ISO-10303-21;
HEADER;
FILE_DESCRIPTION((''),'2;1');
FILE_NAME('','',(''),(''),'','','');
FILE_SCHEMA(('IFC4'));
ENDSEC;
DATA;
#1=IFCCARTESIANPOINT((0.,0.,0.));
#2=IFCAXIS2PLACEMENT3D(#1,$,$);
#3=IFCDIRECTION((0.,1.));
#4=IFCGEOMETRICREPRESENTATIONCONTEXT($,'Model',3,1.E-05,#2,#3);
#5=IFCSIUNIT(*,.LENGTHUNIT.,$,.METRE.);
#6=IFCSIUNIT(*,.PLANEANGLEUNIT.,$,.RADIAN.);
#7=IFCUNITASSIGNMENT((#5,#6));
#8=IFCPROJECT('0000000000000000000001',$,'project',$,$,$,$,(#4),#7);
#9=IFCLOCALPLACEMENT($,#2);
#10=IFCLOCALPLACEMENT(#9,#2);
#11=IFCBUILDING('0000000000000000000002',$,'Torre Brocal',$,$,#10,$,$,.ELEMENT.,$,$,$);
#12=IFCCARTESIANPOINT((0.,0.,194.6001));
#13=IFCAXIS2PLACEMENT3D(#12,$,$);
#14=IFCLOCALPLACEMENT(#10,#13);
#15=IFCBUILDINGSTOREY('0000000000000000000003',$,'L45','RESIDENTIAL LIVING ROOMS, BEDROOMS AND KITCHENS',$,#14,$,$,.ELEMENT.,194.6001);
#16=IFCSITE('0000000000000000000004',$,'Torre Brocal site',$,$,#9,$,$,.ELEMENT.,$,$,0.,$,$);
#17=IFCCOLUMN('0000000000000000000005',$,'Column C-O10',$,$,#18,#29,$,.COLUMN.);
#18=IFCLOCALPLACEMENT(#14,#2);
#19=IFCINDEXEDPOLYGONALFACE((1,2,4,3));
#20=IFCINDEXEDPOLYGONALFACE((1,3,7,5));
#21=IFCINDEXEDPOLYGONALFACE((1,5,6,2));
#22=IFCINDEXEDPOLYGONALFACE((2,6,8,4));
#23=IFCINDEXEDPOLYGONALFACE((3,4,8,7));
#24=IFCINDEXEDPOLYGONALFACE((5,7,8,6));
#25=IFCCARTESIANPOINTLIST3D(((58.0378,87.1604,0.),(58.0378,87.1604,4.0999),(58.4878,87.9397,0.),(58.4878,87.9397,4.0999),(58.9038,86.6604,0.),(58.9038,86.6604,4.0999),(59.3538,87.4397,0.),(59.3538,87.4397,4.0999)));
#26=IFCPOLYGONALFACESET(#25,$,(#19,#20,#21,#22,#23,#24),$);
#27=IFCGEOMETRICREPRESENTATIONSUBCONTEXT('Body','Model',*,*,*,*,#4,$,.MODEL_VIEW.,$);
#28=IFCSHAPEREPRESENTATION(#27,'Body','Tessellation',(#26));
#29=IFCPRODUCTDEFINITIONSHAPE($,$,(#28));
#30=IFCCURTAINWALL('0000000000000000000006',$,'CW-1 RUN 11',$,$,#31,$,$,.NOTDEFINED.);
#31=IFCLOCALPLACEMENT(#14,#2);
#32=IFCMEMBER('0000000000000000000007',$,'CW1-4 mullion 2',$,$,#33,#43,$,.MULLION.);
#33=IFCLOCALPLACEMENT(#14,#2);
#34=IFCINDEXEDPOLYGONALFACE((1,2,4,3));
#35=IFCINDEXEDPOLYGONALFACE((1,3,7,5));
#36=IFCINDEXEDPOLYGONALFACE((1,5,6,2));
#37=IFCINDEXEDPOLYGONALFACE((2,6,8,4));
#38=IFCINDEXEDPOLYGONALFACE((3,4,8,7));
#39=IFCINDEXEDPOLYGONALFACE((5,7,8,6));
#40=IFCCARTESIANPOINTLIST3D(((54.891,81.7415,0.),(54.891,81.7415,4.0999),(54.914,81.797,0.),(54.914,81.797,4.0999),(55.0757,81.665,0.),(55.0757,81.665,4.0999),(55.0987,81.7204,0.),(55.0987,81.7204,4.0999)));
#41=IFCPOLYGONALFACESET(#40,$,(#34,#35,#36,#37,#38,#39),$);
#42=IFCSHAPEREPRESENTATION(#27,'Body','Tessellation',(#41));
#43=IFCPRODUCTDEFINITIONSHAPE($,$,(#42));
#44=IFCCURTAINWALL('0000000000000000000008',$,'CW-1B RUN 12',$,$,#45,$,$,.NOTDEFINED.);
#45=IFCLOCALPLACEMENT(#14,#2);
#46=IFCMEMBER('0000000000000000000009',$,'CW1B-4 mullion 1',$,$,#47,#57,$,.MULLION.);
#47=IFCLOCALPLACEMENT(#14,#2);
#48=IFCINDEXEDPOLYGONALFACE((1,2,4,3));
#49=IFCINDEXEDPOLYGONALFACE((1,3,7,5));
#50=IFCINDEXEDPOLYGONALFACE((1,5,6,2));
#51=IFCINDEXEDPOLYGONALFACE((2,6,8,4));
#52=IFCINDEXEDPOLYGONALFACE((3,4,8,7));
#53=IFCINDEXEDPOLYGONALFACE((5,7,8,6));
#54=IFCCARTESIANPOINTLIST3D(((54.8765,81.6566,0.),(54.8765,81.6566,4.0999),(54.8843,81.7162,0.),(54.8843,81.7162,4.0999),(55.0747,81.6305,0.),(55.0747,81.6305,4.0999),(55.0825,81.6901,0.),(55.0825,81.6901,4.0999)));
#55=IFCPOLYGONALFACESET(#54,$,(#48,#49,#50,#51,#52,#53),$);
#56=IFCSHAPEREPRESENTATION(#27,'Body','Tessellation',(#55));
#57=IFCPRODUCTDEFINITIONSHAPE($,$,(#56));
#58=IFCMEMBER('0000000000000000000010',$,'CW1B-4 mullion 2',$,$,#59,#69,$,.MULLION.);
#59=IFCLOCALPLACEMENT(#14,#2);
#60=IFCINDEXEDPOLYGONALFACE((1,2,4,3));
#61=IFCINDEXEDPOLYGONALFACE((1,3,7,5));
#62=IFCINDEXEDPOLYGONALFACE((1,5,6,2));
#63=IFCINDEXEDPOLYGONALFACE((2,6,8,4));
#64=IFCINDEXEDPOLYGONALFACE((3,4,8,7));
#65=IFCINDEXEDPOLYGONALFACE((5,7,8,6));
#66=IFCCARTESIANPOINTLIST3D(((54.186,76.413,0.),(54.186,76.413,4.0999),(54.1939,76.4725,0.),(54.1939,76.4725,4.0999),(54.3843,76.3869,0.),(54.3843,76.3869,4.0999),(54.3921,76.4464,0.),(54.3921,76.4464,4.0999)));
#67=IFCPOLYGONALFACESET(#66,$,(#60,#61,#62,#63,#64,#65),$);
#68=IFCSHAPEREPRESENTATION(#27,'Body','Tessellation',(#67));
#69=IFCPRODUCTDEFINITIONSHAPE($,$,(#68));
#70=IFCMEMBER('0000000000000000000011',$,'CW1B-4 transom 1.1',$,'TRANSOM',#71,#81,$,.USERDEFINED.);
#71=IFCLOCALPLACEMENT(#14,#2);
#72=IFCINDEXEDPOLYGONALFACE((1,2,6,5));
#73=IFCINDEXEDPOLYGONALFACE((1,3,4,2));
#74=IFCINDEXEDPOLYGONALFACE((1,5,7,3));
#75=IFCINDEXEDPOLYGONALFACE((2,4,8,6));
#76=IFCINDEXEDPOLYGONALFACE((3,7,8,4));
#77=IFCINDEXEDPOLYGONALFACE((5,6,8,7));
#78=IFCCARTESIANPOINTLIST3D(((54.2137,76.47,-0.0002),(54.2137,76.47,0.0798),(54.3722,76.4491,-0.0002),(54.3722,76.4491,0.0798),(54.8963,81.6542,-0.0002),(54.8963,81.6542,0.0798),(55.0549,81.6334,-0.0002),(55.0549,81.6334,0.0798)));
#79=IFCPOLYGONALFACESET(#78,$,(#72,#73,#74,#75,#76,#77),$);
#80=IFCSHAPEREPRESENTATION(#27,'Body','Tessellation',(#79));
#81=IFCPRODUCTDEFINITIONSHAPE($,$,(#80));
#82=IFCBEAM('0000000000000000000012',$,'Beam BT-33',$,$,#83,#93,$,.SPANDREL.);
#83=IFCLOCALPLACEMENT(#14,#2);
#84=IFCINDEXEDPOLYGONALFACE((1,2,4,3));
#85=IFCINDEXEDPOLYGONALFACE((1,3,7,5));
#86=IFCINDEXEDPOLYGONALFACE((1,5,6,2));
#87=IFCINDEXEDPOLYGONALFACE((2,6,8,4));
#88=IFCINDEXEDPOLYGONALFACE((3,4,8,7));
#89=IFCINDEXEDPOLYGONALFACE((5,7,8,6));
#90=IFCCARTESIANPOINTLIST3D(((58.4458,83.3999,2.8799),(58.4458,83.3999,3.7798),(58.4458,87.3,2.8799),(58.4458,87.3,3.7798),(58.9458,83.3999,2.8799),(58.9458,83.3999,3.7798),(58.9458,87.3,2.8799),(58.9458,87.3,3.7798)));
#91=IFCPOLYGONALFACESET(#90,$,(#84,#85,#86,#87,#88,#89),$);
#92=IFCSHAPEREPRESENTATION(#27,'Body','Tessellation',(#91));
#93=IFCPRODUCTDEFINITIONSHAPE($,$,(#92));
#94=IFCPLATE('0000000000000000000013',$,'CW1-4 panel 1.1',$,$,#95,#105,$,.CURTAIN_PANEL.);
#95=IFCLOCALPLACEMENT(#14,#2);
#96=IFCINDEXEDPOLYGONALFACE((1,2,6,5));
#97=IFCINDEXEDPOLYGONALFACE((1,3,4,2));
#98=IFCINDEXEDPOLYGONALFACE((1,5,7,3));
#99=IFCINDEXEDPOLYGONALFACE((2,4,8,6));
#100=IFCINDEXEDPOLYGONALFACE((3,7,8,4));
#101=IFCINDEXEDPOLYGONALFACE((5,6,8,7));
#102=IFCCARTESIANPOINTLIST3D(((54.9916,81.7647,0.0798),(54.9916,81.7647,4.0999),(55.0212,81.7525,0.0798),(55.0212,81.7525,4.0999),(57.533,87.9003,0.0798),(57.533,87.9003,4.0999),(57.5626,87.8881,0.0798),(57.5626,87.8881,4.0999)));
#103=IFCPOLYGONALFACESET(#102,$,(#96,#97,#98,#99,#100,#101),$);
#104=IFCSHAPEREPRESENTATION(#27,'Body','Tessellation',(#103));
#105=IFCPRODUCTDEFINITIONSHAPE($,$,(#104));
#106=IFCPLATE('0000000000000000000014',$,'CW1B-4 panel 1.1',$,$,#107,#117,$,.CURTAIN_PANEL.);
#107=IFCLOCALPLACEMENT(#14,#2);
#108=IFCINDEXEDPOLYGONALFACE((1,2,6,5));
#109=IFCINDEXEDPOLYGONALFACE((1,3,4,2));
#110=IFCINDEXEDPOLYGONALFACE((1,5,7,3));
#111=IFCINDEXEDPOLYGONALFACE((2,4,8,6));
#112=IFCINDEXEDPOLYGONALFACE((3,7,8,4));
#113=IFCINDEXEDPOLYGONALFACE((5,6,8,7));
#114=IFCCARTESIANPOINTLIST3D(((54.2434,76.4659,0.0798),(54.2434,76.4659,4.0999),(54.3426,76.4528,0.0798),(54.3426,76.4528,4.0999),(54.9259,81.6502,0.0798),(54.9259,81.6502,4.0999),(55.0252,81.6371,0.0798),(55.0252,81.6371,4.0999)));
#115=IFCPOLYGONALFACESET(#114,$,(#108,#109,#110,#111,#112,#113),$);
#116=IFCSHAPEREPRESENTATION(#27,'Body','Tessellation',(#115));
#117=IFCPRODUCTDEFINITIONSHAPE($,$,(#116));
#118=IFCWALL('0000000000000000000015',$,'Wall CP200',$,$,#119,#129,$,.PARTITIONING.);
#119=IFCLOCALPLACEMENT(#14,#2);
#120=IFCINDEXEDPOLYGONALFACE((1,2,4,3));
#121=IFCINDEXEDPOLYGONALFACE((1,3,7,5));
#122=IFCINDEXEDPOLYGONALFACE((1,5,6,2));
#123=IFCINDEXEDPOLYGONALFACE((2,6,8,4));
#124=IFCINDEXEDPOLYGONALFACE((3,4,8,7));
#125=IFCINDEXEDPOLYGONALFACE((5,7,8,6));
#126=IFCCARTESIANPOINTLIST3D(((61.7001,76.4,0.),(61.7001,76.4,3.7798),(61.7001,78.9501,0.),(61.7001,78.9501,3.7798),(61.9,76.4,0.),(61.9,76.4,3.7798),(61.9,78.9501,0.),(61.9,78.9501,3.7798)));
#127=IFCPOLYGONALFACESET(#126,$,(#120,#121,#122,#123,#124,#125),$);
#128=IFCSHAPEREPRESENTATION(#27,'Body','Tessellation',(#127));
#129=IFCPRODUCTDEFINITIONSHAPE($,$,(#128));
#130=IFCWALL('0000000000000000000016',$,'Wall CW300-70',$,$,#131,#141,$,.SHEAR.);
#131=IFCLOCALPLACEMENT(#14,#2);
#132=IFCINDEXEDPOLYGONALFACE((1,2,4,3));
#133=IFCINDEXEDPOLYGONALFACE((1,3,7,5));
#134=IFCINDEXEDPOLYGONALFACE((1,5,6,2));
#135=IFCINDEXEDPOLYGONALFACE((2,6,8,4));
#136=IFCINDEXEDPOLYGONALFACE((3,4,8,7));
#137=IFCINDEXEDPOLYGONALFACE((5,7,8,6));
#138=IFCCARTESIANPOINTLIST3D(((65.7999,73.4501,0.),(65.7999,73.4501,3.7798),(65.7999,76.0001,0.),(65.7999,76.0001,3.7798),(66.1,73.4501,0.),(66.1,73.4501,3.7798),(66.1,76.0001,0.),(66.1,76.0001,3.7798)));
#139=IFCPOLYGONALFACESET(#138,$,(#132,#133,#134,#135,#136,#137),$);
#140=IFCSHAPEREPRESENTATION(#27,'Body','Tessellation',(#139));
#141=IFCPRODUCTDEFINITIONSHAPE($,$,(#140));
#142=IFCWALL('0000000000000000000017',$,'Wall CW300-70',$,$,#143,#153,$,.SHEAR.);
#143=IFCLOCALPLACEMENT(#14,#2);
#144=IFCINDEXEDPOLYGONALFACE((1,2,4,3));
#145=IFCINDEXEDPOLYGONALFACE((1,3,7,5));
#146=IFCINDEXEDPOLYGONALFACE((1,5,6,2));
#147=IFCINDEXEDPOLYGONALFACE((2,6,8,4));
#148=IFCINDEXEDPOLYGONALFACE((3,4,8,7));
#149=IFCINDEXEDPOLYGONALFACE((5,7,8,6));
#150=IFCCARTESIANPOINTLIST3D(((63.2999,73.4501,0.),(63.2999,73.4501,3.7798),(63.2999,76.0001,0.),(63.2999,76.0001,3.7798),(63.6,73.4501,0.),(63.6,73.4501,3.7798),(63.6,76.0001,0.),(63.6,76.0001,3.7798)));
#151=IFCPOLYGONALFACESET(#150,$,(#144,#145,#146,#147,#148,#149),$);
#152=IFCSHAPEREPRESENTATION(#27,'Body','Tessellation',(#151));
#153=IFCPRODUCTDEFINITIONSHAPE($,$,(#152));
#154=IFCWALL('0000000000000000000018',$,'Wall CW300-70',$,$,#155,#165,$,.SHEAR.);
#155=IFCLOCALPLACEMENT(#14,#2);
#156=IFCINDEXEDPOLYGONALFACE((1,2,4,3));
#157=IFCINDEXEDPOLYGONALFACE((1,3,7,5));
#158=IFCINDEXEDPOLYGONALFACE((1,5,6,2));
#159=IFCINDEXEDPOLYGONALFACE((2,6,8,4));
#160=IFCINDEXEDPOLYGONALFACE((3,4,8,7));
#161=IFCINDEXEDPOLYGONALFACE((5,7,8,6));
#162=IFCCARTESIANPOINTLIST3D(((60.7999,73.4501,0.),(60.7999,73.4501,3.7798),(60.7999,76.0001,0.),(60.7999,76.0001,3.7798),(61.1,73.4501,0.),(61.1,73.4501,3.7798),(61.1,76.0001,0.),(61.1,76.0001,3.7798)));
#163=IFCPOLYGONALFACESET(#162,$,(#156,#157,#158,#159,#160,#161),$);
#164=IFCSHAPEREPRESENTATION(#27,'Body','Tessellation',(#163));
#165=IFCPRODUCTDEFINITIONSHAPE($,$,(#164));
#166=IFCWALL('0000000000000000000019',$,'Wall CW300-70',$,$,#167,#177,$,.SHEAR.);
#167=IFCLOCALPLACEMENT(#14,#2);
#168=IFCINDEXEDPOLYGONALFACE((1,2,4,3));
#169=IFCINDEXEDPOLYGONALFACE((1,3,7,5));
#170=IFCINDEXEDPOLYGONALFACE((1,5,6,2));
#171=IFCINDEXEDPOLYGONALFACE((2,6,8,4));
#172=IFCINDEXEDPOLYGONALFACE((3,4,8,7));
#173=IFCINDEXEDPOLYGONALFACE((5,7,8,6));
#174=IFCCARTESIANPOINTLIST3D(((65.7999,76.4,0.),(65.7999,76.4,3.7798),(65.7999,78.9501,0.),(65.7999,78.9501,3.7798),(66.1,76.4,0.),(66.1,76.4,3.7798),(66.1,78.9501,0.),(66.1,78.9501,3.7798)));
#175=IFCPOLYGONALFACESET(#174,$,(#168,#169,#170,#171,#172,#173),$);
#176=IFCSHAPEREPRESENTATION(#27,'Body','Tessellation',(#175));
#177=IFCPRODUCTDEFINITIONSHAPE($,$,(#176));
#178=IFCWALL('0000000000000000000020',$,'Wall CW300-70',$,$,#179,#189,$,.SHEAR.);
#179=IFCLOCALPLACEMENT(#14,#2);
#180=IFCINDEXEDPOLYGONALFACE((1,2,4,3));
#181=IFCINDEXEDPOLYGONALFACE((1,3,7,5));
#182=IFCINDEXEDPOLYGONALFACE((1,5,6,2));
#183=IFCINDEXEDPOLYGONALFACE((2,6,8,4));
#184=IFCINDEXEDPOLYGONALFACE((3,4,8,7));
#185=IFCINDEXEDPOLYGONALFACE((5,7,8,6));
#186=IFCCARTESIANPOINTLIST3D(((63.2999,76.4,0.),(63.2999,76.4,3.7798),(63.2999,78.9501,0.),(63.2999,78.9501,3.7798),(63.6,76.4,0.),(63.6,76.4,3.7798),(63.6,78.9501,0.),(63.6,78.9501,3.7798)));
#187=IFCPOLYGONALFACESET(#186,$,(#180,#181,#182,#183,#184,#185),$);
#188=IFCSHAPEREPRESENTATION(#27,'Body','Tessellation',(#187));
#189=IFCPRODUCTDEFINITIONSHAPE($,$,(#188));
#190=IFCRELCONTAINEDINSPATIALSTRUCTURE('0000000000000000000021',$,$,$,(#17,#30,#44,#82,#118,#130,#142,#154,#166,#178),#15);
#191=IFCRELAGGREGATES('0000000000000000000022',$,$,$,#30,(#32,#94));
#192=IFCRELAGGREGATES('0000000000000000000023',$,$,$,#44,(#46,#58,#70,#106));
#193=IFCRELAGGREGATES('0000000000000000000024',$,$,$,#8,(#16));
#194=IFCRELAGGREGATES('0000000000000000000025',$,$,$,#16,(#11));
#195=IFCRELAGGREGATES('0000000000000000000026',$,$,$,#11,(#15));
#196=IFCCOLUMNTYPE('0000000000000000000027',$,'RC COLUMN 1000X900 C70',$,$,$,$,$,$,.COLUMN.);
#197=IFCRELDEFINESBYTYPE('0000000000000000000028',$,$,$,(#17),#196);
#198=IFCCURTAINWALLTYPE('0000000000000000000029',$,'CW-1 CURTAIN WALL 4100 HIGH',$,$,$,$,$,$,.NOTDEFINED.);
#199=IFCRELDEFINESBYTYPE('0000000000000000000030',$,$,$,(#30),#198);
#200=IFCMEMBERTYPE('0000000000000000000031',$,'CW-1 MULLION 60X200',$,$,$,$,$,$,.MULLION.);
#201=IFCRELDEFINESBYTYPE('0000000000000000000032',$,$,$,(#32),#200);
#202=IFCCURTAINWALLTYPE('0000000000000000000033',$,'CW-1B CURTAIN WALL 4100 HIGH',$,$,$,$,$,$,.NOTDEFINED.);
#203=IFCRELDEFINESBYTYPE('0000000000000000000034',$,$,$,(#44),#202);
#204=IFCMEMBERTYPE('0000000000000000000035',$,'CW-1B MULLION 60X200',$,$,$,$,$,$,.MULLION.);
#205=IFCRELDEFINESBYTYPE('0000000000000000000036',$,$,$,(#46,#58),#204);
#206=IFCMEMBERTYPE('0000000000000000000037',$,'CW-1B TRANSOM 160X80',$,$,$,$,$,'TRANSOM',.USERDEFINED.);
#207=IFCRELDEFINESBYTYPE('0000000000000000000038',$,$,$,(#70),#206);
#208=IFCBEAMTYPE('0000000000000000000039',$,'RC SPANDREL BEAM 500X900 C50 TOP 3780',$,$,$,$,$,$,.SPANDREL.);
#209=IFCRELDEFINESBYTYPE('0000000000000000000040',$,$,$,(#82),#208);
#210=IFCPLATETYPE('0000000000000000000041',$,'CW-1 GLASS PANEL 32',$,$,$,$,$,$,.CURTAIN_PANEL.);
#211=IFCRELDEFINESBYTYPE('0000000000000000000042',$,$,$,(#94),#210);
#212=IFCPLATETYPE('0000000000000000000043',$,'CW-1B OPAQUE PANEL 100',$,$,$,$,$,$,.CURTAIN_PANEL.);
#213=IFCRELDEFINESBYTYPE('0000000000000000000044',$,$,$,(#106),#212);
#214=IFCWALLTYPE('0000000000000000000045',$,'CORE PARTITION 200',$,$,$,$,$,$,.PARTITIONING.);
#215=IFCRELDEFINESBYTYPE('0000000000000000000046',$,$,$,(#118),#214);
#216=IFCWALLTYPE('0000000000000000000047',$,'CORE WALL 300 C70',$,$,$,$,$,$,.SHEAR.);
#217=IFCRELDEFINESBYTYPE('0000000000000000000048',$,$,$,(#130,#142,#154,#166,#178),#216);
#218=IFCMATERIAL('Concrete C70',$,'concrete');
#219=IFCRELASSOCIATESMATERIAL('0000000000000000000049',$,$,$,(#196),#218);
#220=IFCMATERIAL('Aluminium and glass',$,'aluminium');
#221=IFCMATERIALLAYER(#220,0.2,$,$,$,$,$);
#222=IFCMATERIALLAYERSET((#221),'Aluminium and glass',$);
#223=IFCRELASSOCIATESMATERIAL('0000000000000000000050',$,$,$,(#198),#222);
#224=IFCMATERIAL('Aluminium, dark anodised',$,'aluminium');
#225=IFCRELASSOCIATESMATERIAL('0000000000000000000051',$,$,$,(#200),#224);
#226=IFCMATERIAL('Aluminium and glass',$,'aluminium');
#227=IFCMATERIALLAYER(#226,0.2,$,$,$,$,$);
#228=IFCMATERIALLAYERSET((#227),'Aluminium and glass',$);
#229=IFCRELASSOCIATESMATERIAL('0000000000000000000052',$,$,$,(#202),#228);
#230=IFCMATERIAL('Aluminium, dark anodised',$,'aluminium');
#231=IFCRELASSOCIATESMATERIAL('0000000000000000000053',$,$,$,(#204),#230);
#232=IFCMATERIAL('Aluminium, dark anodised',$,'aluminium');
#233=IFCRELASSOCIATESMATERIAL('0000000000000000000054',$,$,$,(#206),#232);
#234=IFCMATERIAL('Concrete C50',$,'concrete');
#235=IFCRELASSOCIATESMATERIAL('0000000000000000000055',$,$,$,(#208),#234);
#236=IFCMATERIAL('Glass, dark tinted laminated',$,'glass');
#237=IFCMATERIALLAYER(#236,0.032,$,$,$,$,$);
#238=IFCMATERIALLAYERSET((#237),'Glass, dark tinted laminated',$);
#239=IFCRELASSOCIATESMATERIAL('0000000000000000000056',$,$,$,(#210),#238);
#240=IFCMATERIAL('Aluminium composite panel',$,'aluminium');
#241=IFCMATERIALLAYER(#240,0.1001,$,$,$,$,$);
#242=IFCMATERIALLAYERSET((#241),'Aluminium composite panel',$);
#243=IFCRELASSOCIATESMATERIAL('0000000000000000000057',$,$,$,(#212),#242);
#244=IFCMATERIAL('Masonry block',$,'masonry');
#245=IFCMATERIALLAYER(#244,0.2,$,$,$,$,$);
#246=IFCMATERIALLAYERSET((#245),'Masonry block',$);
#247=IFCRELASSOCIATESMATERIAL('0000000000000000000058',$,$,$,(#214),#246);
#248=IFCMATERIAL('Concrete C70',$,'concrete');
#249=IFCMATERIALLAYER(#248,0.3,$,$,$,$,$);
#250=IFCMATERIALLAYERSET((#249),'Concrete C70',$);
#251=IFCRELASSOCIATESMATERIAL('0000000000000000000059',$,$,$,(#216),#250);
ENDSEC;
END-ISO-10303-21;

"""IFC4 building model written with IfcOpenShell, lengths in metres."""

from ifc_helpers import new_model, si_unit, direction, frame, frame_2d, origin, origin_2d, place, context, subcontext, project, spatial, rectangle, extrude, material, layer, layer_set, material_profile, profile_set, type_object, element, aggregate, save


model = new_model("IFC4")

# Units and contexts
model_context = context("Model", 3, precision=1e-05, world=origin(), true_north=direction((0.0, 1.0)))
body_context = subcontext(model_context, "Body", "Model", "MODEL_VIEW")
ifc_project = project(units=[si_unit("LENGTHUNIT", "METRE"), si_unit("PLANEANGLEUNIT", "RADIAN")], contexts=[model_context])

# Site, building, storey
site_placement = place(None, origin())
site = spatial("IfcSite", under=ifc_project, at=site_placement, Name="Torre Brocal site", CompositionType="ELEMENT", RefElevation=0.0)
building_placement = place(site_placement, origin())
building = spatial("IfcBuilding", under=site, at=building_placement, Name="Torre Brocal", CompositionType="ELEMENT")
storey_placement = place(building_placement, frame((0.0, 0.0, 194.6001)))
storey = spatial("IfcBuildingStorey", under=building, at=storey_placement, Name="L45", Description="RESIDENTIAL LIVING ROOMS, BEDROOMS AND KITCHENS", CompositionType="ELEMENT", Elevation=194.6001)

# Column
ifc_material_1 = material(Name="Concrete C70", Category="concrete")
ifc_material_profile_1 = material_profile(ifc_material_1, rectangle(XDim=1.0, YDim=0.8999, at=origin_2d()), Name="RC 1000X900")
ifc_profile_set_1 = profile_set([ifc_material_profile_1], Name="Concrete C70")
column_type = type_object("IfcColumnType", Name="RC COLUMN 1000X900 C70", PredefinedType="COLUMN", material=ifc_profile_set_1)
column_placement = place(storey_placement, frame((58.6958, 87.3, 0.0), z_axis=(0.0, 0.0, 1.0), x_axis=(-0.866025, 0.5, 0.0)))
element("IfcColumn", 1, at=column_placement, inside=storey, type_object=column_type, Name="Column C-O10", PredefinedType="COLUMN", context=body_context, shape_type="SweptSolid", body=[
    extrude(rectangle(XDim=1.0, YDim=0.8999, at=origin_2d()), origin(), (0.0, 0.0, 1.0), 4.0999),
])

# Curtain wall, member
ifc_material_2 = material(Name="Aluminium and glass", Category="aluminium")
ifc_layer_1 = layer(ifc_material_2, 0.2)
ifc_layer_set_1 = layer_set([ifc_layer_1], Name="Aluminium and glass")
curtain_wall_type_1 = type_object("IfcCurtainWallType", Name="CW-1 CURTAIN WALL 4100 HIGH", PredefinedType="NOTDEFINED", material=ifc_layer_set_1)
curtain_wall_1_placement = place(storey_placement, origin())
curtain_wall_1 = element("IfcCurtainWall", 2, at=curtain_wall_1_placement, inside=storey, type_object=curtain_wall_type_1, Name="CW-1 RUN 11", PredefinedType="NOTDEFINED")
ifc_material_3 = material(Name="Aluminium, dark anodised", Category="aluminium")
ifc_material_profile_2 = material_profile(ifc_material_3, rectangle(XDim=0.2, YDim=0.0601, at=origin_2d()), Name="CW-1 MULLION 60X200")
ifc_profile_set_2 = profile_set([ifc_material_profile_2], Name="Aluminium, dark anodised")
member_type_1 = type_object("IfcMemberType", Name="CW-1 MULLION 60X200", PredefinedType="MULLION", material=ifc_profile_set_2)
member_1_placement = place(storey_placement, frame((54.9949, 81.731, 0.0), z_axis=(0.0, 0.0, 1.0), x_axis=(0.92388, -0.382683, 0.0)))
member_1 = element("IfcMember", 3, at=member_1_placement, type_object=member_type_1, Name="CW1-4 mullion 2", PredefinedType="MULLION", context=body_context, shape_type="SweptSolid", body=[
    extrude(rectangle(XDim=0.2, YDim=0.0601, at=origin_2d()), origin(), (0.0, 0.0, 1.0), 4.0999),
])

# Curtain wall, members
ifc_material_4 = material(Name="Aluminium and glass", Category="aluminium")
ifc_layer_2 = layer(ifc_material_4, 0.2)
ifc_layer_set_2 = layer_set([ifc_layer_2], Name="Aluminium and glass")
curtain_wall_type_2 = type_object("IfcCurtainWallType", Name="CW-1B CURTAIN WALL 4100 HIGH", PredefinedType="NOTDEFINED", material=ifc_layer_set_2)
curtain_wall_2_placement = place(storey_placement, origin())
curtain_wall_2 = element("IfcCurtainWall", 4, at=curtain_wall_2_placement, inside=storey, type_object=curtain_wall_type_2, Name="CW-1B RUN 12", PredefinedType="NOTDEFINED")
ifc_material_5 = material(Name="Aluminium, dark anodised", Category="aluminium")
ifc_material_profile_3 = material_profile(ifc_material_5, rectangle(XDim=0.2, YDim=0.0601, at=origin_2d()), Name="CW-1B MULLION 60X200")
ifc_profile_set_3 = profile_set([ifc_material_profile_3], Name="Aluminium, dark anodised")
member_type_2 = type_object("IfcMemberType", Name="CW-1B MULLION 60X200", PredefinedType="MULLION", material=ifc_profile_set_3)
member_2_placement = place(storey_placement, frame((54.9795, 81.6733, 0.0), z_axis=(0.0, 0.0, 1.0), x_axis=(0.991445, -0.130526, 0.0)))
member_2 = element("IfcMember", 5, at=member_2_placement, type_object=member_type_2, Name="CW1B-4 mullion 1", PredefinedType="MULLION", context=body_context, shape_type="SweptSolid", body=[
    extrude(rectangle(XDim=0.2, YDim=0.0601, at=origin_2d()), origin(), (0.0, 0.0, 1.0), 4.0999),
])
member_3_placement = place(storey_placement, frame((54.2891, 76.4297, 0.0), z_axis=(0.0, 0.0, 1.0), x_axis=(0.991445, -0.130526, 0.0)))
member_3 = element("IfcMember", 6, at=member_3_placement, type_object=member_type_2, Name="CW1B-4 mullion 2", PredefinedType="MULLION", context=body_context, shape_type="SweptSolid", body=[
    extrude(rectangle(XDim=0.2, YDim=0.0601, at=origin_2d()), origin(), (0.0, 0.0, 1.0), 4.0999),
])
ifc_material_6 = material(Name="Aluminium, dark anodised", Category="aluminium")
ifc_material_profile_4 = material_profile(ifc_material_6, rectangle(XDim=0.1599, YDim=0.0801, at=origin_2d()), Name="CW-1B TRANSOM 160X80")
ifc_profile_set_4 = profile_set([ifc_material_profile_4], Name="Aluminium, dark anodised")
member_type_3 = type_object("IfcMemberType", Name="CW-1B TRANSOM 160X80", ElementType="TRANSOM", PredefinedType="USERDEFINED", material=ifc_profile_set_4)
member_4_placement = place(storey_placement, frame((54.9756, 81.6438, 0.0398), z_axis=(-0.130543, -0.991443, 0.0), x_axis=(0.991443, -0.130543, 0.0)))
member_4 = element("IfcMember", 7, at=member_4_placement, type_object=member_type_3, Name="CW1B-4 transom 1.1", ObjectType="TRANSOM", PredefinedType="USERDEFINED", context=body_context, shape_type="SweptSolid", body=[
    extrude(rectangle(XDim=0.1599, YDim=0.0801, at=origin_2d()), origin(), (0.0, 0.0, 1.0), 5.229),
])

# Beam
ifc_material_7 = material(Name="Concrete C50", Category="concrete")
ifc_material_profile_5 = material_profile(ifc_material_7, rectangle(XDim=0.5, YDim=0.8999, at=origin_2d()), Name="RC 500X900")
ifc_profile_set_5 = profile_set([ifc_material_profile_5], Name="Concrete C50")
beam_type = type_object("IfcBeamType", Name="RC SPANDREL BEAM 500X900 C50 TOP 3780", PredefinedType="SPANDREL", material=ifc_profile_set_5)
beam_placement = place(storey_placement, frame((58.6958, 87.3, 3.3298), z_axis=(0.0, -1.0, 0.0), x_axis=(1.0, 0.0, 0.0)))
element("IfcBeam", 8, at=beam_placement, inside=storey, type_object=beam_type, Name="Beam BT-33", PredefinedType="SPANDREL", context=body_context, shape_type="SweptSolid", body=[
    extrude(rectangle(XDim=0.5, YDim=0.8999, at=origin_2d()), origin(), (0.0, 0.0, 1.0), 3.9001),
])

# Plates
ifc_material_8 = material(Name="Glass, dark tinted laminated", Category="glass")
ifc_layer_3 = layer(ifc_material_8, 0.032)
ifc_layer_set_3 = layer_set([ifc_layer_3], Name="Glass, dark tinted laminated")
plate_type_1 = type_object("IfcPlateType", Name="CW-1 GLASS PANEL 32", PredefinedType="CURTAIN_PANEL", material=ifc_layer_set_3)
plate_1_placement = place(storey_placement, frame((56.2771, 84.8264, 0.0798), z_axis=(0.0, 0.0, 1.0), x_axis=(-0.382683, -0.92388, 0.0)))
plate_1 = element("IfcPlate", 9, at=plate_1_placement, type_object=plate_type_1, Name="CW1-4 panel 1.1", PredefinedType="CURTAIN_PANEL", context=body_context, shape_type="SweptSolid", body=[
    extrude(rectangle(XDim=6.6411, YDim=0.032, at=origin_2d()), origin(), (0.0, 0.0, 1.0), 4.02),
])
aggregate(curtain_wall_1, [member_1, plate_1])
ifc_material_9 = material(Name="Aluminium composite panel", Category="aluminium")
ifc_layer_4 = layer(ifc_material_9, 0.1001)
ifc_layer_set_4 = layer_set([ifc_layer_4], Name="Aluminium composite panel")
plate_type_2 = type_object("IfcPlateType", Name="CW-1B OPAQUE PANEL 100", PredefinedType="CURTAIN_PANEL", material=ifc_layer_set_4)
plate_2_placement = place(storey_placement, frame((54.6343, 79.0515, 0.0798), z_axis=(0.0, 0.0, 1.0), x_axis=(-0.130526, -0.991445, 0.0)))
plate_2 = element("IfcPlate", 10, at=plate_2_placement, type_object=plate_type_2, Name="CW1B-4 panel 1.1", PredefinedType="CURTAIN_PANEL", context=body_context, shape_type="SweptSolid", body=[
    extrude(rectangle(XDim=5.229, YDim=0.1001, at=origin_2d()), origin(), (0.0, 0.0, 1.0), 4.02),
])
aggregate(curtain_wall_2, [member_2, member_3, member_4, plate_2])

# Walls
ifc_material_10 = material(Name="Masonry block", Category="masonry")
ifc_layer_5 = layer(ifc_material_10, 0.2)
ifc_layer_set_5 = layer_set([ifc_layer_5], Name="Masonry block")
wall_type_1 = type_object("IfcWallType", Name="CORE PARTITION 200", PredefinedType="PARTITIONING", material=ifc_layer_set_5)
wall_1_placement = place(storey_placement, frame((61.8, 78.95, 0.0), z_axis=(0.0, 0.0, 1.0), x_axis=(0.0, -1.0, 0.0)))
element("IfcWall", 11, at=wall_1_placement, inside=storey, type_object=wall_type_1, Name="Wall CP200", PredefinedType="PARTITIONING", context=body_context, shape_type="SweptSolid", body=[
    extrude(rectangle(XDim=2.55, YDim=0.2, at=frame_2d((1.2749, 0.0))), origin(), (0.0, 0.0, 1.0), 3.7798),
])
ifc_material_11 = material(Name="Concrete C70", Category="concrete")
ifc_layer_6 = layer(ifc_material_11, 0.3)
ifc_layer_set_6 = layer_set([ifc_layer_6], Name="Concrete C70")
wall_type_2 = type_object("IfcWallType", Name="CORE WALL 300 C70", PredefinedType="SHEAR", material=ifc_layer_set_6)
for number, where, z_axis, x_axis, name in (
    (12, (65.95, 76.0, 0.0), (0.0, 0.0, 1.0), (0.0, -1.0, 0.0), "Wall CW300-70"),
    (13, (63.45, 76.0, 0.0), (0.0, 0.0, 1.0), (0.0, -1.0, 0.0), "Wall CW300-70"),
    (14, (60.95, 76.0, 0.0), (0.0, 0.0, 1.0), (0.0, -1.0, 0.0), "Wall CW300-70"),
    (15, (65.95, 78.95, 0.0), (0.0, 0.0, 1.0), (0.0, -1.0, 0.0), "Wall CW300-70"),
    (16, (63.45, 78.95, 0.0), (0.0, 0.0, 1.0), (0.0, -1.0, 0.0), "Wall CW300-70"),
):
    element("IfcWall", number, at=place(storey_placement, frame(where, z_axis=z_axis, x_axis=x_axis)), inside=storey, type_object=wall_type_2, Name=name, PredefinedType="SHEAR", context=body_context, shape_type="SweptSolid", body=[
        extrude(rectangle(XDim=2.55, YDim=0.3, at=frame_2d((1.2749, 0.0))), origin(), (0.0, 0.0, 1.0), 3.7798),
    ])

save(model, "model.ifc")
